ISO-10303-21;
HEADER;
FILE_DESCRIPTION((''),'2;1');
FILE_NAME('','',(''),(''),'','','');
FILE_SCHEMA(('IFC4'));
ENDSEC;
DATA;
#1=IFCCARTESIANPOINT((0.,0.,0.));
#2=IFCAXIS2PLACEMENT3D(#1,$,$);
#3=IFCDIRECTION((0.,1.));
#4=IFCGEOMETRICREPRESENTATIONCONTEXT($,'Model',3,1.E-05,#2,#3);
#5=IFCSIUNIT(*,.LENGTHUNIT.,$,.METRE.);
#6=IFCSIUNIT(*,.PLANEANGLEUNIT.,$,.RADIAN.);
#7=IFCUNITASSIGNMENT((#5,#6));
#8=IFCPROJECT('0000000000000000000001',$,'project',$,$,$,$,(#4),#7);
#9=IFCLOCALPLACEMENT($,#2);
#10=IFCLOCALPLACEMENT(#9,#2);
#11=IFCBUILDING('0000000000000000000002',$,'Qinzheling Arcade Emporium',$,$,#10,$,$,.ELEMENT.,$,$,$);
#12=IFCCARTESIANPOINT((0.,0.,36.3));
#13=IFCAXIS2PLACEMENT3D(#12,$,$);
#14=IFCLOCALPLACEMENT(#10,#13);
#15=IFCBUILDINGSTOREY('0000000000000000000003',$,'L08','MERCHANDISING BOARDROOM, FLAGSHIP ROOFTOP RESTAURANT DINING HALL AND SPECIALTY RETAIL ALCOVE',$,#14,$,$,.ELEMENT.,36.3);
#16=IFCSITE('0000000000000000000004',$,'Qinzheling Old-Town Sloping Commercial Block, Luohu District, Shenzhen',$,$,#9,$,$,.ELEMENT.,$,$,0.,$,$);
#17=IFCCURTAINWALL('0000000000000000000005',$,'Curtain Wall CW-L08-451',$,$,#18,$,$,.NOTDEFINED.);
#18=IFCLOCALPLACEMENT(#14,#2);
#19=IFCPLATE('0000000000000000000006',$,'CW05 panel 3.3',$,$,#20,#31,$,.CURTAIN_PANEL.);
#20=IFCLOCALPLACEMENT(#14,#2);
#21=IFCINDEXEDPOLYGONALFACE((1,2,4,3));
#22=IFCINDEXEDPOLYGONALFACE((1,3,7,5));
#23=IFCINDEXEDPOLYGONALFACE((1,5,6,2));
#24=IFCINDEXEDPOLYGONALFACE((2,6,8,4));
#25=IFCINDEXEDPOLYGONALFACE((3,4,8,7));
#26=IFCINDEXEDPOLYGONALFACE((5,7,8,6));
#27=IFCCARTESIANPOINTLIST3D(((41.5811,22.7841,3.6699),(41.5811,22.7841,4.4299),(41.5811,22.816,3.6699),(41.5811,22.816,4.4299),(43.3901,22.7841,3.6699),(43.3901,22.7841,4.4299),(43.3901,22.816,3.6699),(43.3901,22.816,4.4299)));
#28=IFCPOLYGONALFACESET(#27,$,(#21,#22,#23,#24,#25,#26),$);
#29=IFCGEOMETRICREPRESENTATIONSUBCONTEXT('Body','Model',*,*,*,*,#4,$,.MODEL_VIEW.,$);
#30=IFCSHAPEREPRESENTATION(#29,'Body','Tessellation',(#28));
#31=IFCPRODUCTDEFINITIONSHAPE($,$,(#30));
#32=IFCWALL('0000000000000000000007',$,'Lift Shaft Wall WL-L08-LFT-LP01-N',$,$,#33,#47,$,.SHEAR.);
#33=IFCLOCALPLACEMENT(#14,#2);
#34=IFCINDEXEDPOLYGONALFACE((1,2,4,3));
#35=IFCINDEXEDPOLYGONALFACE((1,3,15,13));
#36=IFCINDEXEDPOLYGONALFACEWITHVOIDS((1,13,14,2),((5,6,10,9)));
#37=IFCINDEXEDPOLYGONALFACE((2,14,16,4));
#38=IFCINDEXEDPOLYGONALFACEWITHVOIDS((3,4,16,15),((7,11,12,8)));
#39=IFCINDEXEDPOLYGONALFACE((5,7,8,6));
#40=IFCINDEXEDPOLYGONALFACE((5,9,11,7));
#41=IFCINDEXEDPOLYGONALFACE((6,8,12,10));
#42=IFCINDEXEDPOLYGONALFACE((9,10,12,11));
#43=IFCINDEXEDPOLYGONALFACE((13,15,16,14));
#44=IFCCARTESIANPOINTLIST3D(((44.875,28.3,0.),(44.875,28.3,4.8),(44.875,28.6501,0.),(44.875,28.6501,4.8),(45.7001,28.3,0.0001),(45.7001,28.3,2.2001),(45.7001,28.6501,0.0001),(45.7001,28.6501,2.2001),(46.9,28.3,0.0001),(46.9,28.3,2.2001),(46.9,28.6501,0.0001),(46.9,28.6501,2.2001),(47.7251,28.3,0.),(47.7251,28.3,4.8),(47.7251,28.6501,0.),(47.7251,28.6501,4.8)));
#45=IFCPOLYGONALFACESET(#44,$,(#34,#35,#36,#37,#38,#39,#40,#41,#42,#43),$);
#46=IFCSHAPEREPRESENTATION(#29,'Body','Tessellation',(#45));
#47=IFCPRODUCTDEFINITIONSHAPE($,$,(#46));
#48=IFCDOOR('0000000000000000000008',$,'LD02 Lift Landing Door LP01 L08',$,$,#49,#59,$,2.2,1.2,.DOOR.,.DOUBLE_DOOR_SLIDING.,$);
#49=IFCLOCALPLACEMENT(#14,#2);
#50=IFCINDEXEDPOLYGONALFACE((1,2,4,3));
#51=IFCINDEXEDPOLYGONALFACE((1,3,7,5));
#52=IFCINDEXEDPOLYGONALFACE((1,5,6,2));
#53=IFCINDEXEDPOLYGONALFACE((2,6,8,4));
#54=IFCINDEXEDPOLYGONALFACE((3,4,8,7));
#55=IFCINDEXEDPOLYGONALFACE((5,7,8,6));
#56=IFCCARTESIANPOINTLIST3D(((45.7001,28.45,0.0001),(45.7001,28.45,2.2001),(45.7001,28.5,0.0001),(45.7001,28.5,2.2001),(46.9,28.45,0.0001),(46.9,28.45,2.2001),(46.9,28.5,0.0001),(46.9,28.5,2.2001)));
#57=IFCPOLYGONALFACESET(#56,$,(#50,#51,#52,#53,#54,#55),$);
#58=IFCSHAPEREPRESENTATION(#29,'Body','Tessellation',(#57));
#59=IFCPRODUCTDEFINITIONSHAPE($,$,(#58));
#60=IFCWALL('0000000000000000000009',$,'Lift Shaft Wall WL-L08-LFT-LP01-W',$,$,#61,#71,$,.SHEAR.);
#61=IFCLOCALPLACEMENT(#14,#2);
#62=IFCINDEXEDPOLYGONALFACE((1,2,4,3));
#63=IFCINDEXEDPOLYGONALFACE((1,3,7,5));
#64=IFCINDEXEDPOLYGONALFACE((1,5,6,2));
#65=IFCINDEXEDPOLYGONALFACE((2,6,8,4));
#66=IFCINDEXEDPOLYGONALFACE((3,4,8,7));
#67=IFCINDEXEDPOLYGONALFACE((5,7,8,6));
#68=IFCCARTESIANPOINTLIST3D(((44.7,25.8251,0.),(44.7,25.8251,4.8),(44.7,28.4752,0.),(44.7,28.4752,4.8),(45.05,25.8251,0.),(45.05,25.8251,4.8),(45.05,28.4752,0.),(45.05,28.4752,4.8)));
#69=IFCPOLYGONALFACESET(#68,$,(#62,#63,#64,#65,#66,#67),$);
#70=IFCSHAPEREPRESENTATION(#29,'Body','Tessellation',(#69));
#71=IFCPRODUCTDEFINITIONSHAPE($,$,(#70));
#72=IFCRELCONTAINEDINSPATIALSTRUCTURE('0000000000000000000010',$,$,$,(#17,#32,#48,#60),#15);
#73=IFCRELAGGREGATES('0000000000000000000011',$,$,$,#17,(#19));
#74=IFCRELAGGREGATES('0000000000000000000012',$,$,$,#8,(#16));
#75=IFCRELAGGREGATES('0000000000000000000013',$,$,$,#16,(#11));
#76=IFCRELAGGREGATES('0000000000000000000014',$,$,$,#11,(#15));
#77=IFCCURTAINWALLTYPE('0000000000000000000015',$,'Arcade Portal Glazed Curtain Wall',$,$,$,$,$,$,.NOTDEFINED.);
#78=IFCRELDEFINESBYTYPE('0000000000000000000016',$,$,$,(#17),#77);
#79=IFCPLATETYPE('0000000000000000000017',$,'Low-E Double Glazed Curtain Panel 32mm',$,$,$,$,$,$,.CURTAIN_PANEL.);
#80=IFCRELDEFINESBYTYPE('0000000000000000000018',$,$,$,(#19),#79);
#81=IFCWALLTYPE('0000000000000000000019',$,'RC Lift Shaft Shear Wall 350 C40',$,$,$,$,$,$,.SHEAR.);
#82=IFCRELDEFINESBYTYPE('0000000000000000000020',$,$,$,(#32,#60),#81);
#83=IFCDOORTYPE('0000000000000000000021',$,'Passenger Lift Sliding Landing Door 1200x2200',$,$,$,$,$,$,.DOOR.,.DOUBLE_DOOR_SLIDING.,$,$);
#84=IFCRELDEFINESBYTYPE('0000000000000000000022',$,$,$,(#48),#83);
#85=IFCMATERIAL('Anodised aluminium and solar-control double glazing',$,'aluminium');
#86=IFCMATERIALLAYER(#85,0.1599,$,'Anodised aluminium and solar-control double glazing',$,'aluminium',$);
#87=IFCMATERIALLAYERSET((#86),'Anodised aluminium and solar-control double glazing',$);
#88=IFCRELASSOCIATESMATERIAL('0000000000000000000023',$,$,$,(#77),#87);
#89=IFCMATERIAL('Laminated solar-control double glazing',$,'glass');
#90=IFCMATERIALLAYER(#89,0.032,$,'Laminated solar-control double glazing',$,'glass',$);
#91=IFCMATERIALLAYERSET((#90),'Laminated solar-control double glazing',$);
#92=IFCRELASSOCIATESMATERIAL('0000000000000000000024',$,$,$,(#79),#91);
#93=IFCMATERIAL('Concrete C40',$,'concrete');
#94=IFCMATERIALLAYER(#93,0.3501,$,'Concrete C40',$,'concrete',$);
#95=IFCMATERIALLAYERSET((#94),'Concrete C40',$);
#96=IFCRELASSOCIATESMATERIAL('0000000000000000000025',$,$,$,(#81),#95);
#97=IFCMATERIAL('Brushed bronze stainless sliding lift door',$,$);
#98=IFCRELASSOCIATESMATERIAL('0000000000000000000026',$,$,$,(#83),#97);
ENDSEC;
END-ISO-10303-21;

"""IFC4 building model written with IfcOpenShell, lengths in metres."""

from ifc_helpers import new_model, si_unit, direction, frame, frame_2d, origin, origin_2d, place, context, subcontext, project, spatial, rectangle, extrude, material, layer, layer_set, type_object, element, fill, aggregate, save


model = new_model("IFC4")

# Units and contexts
model_context = context("Model", 3, precision=1e-05, world=origin(), true_north=direction((0.0, 1.0)))
body_context = subcontext(model_context, "Body", "Model", "MODEL_VIEW")
ifc_project = project(units=[si_unit("LENGTHUNIT", "METRE"), si_unit("PLANEANGLEUNIT", "RADIAN")], contexts=[model_context])

# Site, building, storey
site_placement = place(None, origin())
site = spatial("IfcSite", under=ifc_project, at=site_placement, Name="Qinzheling Old-Town Sloping Commercial Block, Luohu District, Shenzhen", CompositionType="ELEMENT", RefElevation=0.0)
building_placement = place(site_placement, origin())
building = spatial("IfcBuilding", under=site, at=building_placement, Name="Qinzheling Arcade Emporium", CompositionType="ELEMENT")
storey_placement = place(building_placement, frame((0.0, 0.0, 36.3)))
storey = spatial("IfcBuildingStorey", under=building, at=storey_placement, Name="L08", Description="MERCHANDISING BOARDROOM, FLAGSHIP ROOFTOP RESTAURANT DINING HALL AND SPECIALTY RETAIL ALCOVE", CompositionType="ELEMENT", Elevation=36.3)

# Shared definitions
ifc_material_1 = material(Name="Concrete C40", Category="concrete")

# Curtain wall
ifc_material_2 = material(Name="Anodised aluminium and solar-control double glazing", Category="aluminium")
ifc_layer_1 = layer(ifc_material_2, 0.1599, Name="Anodised aluminium and solar-control double glazing", Category="aluminium")
ifc_layer_set_1 = layer_set([ifc_layer_1], Name="Anodised aluminium and solar-control double glazing")
curtain_wall_type = type_object("IfcCurtainWallType", Name="Arcade Portal Glazed Curtain Wall", PredefinedType="NOTDEFINED", material=ifc_layer_set_1)
curtain_wall_placement = place(storey_placement, origin())
curtain_wall = element("IfcCurtainWall", 1, at=curtain_wall_placement, inside=storey, type_object=curtain_wall_type, Name="Curtain Wall CW-L08-451", PredefinedType="NOTDEFINED")

# Plate
ifc_material_3 = material(Name="Laminated solar-control double glazing", Category="glass")
ifc_layer_2 = layer(ifc_material_3, 0.032, Name="Laminated solar-control double glazing", Category="glass")
ifc_layer_set_2 = layer_set([ifc_layer_2], Name="Laminated solar-control double glazing")
plate_type = type_object("IfcPlateType", Name="Low-E Double Glazed Curtain Panel 32mm", PredefinedType="CURTAIN_PANEL", material=ifc_layer_set_2)
plate_1_placement = place(storey_placement, frame((42.4856, 22.8, 3.6699), z_axis=(0.0, 0.0, 1.0), x_axis=(-1.0, 0.0, 0.0)))
plate_1 = element("IfcPlate", 2, at=plate_1_placement, type_object=plate_type, Name="CW05 panel 3.3", PredefinedType="CURTAIN_PANEL", context=body_context, shape_type="SweptSolid", body=[
    extrude(rectangle(XDim=1.8091, YDim=0.032, at=origin_2d()), origin(), (0.0, 0.0, 1.0), 0.76),
])
aggregate(curtain_wall, [plate_1])

# Wall, opening, door
ifc_layer_3 = layer(ifc_material_1, 0.3501, Name="Concrete C40", Category="concrete")
ifc_layer_set_3 = layer_set([ifc_layer_3], Name="Concrete C40")
wall_type = type_object("IfcWallType", Name="RC Lift Shaft Shear Wall 350 C40", PredefinedType="SHEAR", material=ifc_layer_set_3)
wall_1_placement = place(storey_placement, frame((44.875, 28.4751, 0.0), z_axis=(0.0, 0.0, 1.0), x_axis=(1.0, 0.0, 0.0)))
wall_1 = element("IfcWall", 3, at=wall_1_placement, inside=storey, type_object=wall_type, Name="Lift Shaft Wall WL-L08-LFT-LP01-N", PredefinedType="SHEAR", context=body_context, shape_type="SweptSolid", body=[
    extrude(rectangle(XDim=2.8501, YDim=0.3501, at=frame_2d((1.425, 0.0))), origin(), (0.0, 0.0, 1.0), 4.8),
])
opening_placement = place(wall_1_placement, frame((0.825, 0.0, 0.0)))
opening = element("IfcOpeningElement", 4, at=opening_placement, cuts=wall_1, PredefinedType="OPENING", context=body_context, shape_type="SweptSolid", body=[
    extrude(rectangle(XDim=1.2, YDim=2.2, at=frame_2d((0.6001, 1.1001))), frame((0.0, 0.1851, 0.0), z_axis=(0.0, -1.0, 0.0), x_axis=(1.0, 0.0, 0.0)), (0.0, 0.0, 1.0), 0.3701),
])
ifc_material_4 = material(Name="Brushed bronze stainless sliding lift door")
door_type = type_object("IfcDoorType", Name="Passenger Lift Sliding Landing Door 1200x2200", OperationType="DOUBLE_DOOR_SLIDING", PredefinedType="DOOR", material=ifc_material_4)
door_placement = place(opening_placement, origin())
door = element("IfcDoor", 5, at=door_placement, inside=storey, type_object=door_type, Name="LD02 Lift Landing Door LP01 L08", OperationType="DOUBLE_DOOR_SLIDING", OverallHeight=2.2, OverallWidth=1.2, PredefinedType="DOOR", context=body_context, shape_type="SweptSolid", body=[
    extrude(rectangle(XDim=1.2, YDim=2.2, at=frame_2d((0.6001, 1.1001))), frame((0.0, 0.0249, 0.0), z_axis=(0.0, -1.0, 0.0), x_axis=(1.0, 0.0, 0.0)), (0.0, 0.0, 1.0), 0.05),
])
fill(opening, door)

# Wall
wall_2_placement = place(storey_placement, frame((44.875, 25.825, 0.0), z_axis=(0.0, 0.0, 1.0), x_axis=(0.0, 1.0, 0.0)))
element("IfcWall", 6, at=wall_2_placement, inside=storey, type_object=wall_type, Name="Lift Shaft Wall WL-L08-LFT-LP01-W", PredefinedType="SHEAR", context=body_context, shape_type="SweptSolid", body=[
    extrude(rectangle(XDim=2.6501, YDim=0.3501, at=frame_2d((1.3252, 0.0))), origin(), (0.0, 0.0, 1.0), 4.8),
])

save(model, "model.ifc")
